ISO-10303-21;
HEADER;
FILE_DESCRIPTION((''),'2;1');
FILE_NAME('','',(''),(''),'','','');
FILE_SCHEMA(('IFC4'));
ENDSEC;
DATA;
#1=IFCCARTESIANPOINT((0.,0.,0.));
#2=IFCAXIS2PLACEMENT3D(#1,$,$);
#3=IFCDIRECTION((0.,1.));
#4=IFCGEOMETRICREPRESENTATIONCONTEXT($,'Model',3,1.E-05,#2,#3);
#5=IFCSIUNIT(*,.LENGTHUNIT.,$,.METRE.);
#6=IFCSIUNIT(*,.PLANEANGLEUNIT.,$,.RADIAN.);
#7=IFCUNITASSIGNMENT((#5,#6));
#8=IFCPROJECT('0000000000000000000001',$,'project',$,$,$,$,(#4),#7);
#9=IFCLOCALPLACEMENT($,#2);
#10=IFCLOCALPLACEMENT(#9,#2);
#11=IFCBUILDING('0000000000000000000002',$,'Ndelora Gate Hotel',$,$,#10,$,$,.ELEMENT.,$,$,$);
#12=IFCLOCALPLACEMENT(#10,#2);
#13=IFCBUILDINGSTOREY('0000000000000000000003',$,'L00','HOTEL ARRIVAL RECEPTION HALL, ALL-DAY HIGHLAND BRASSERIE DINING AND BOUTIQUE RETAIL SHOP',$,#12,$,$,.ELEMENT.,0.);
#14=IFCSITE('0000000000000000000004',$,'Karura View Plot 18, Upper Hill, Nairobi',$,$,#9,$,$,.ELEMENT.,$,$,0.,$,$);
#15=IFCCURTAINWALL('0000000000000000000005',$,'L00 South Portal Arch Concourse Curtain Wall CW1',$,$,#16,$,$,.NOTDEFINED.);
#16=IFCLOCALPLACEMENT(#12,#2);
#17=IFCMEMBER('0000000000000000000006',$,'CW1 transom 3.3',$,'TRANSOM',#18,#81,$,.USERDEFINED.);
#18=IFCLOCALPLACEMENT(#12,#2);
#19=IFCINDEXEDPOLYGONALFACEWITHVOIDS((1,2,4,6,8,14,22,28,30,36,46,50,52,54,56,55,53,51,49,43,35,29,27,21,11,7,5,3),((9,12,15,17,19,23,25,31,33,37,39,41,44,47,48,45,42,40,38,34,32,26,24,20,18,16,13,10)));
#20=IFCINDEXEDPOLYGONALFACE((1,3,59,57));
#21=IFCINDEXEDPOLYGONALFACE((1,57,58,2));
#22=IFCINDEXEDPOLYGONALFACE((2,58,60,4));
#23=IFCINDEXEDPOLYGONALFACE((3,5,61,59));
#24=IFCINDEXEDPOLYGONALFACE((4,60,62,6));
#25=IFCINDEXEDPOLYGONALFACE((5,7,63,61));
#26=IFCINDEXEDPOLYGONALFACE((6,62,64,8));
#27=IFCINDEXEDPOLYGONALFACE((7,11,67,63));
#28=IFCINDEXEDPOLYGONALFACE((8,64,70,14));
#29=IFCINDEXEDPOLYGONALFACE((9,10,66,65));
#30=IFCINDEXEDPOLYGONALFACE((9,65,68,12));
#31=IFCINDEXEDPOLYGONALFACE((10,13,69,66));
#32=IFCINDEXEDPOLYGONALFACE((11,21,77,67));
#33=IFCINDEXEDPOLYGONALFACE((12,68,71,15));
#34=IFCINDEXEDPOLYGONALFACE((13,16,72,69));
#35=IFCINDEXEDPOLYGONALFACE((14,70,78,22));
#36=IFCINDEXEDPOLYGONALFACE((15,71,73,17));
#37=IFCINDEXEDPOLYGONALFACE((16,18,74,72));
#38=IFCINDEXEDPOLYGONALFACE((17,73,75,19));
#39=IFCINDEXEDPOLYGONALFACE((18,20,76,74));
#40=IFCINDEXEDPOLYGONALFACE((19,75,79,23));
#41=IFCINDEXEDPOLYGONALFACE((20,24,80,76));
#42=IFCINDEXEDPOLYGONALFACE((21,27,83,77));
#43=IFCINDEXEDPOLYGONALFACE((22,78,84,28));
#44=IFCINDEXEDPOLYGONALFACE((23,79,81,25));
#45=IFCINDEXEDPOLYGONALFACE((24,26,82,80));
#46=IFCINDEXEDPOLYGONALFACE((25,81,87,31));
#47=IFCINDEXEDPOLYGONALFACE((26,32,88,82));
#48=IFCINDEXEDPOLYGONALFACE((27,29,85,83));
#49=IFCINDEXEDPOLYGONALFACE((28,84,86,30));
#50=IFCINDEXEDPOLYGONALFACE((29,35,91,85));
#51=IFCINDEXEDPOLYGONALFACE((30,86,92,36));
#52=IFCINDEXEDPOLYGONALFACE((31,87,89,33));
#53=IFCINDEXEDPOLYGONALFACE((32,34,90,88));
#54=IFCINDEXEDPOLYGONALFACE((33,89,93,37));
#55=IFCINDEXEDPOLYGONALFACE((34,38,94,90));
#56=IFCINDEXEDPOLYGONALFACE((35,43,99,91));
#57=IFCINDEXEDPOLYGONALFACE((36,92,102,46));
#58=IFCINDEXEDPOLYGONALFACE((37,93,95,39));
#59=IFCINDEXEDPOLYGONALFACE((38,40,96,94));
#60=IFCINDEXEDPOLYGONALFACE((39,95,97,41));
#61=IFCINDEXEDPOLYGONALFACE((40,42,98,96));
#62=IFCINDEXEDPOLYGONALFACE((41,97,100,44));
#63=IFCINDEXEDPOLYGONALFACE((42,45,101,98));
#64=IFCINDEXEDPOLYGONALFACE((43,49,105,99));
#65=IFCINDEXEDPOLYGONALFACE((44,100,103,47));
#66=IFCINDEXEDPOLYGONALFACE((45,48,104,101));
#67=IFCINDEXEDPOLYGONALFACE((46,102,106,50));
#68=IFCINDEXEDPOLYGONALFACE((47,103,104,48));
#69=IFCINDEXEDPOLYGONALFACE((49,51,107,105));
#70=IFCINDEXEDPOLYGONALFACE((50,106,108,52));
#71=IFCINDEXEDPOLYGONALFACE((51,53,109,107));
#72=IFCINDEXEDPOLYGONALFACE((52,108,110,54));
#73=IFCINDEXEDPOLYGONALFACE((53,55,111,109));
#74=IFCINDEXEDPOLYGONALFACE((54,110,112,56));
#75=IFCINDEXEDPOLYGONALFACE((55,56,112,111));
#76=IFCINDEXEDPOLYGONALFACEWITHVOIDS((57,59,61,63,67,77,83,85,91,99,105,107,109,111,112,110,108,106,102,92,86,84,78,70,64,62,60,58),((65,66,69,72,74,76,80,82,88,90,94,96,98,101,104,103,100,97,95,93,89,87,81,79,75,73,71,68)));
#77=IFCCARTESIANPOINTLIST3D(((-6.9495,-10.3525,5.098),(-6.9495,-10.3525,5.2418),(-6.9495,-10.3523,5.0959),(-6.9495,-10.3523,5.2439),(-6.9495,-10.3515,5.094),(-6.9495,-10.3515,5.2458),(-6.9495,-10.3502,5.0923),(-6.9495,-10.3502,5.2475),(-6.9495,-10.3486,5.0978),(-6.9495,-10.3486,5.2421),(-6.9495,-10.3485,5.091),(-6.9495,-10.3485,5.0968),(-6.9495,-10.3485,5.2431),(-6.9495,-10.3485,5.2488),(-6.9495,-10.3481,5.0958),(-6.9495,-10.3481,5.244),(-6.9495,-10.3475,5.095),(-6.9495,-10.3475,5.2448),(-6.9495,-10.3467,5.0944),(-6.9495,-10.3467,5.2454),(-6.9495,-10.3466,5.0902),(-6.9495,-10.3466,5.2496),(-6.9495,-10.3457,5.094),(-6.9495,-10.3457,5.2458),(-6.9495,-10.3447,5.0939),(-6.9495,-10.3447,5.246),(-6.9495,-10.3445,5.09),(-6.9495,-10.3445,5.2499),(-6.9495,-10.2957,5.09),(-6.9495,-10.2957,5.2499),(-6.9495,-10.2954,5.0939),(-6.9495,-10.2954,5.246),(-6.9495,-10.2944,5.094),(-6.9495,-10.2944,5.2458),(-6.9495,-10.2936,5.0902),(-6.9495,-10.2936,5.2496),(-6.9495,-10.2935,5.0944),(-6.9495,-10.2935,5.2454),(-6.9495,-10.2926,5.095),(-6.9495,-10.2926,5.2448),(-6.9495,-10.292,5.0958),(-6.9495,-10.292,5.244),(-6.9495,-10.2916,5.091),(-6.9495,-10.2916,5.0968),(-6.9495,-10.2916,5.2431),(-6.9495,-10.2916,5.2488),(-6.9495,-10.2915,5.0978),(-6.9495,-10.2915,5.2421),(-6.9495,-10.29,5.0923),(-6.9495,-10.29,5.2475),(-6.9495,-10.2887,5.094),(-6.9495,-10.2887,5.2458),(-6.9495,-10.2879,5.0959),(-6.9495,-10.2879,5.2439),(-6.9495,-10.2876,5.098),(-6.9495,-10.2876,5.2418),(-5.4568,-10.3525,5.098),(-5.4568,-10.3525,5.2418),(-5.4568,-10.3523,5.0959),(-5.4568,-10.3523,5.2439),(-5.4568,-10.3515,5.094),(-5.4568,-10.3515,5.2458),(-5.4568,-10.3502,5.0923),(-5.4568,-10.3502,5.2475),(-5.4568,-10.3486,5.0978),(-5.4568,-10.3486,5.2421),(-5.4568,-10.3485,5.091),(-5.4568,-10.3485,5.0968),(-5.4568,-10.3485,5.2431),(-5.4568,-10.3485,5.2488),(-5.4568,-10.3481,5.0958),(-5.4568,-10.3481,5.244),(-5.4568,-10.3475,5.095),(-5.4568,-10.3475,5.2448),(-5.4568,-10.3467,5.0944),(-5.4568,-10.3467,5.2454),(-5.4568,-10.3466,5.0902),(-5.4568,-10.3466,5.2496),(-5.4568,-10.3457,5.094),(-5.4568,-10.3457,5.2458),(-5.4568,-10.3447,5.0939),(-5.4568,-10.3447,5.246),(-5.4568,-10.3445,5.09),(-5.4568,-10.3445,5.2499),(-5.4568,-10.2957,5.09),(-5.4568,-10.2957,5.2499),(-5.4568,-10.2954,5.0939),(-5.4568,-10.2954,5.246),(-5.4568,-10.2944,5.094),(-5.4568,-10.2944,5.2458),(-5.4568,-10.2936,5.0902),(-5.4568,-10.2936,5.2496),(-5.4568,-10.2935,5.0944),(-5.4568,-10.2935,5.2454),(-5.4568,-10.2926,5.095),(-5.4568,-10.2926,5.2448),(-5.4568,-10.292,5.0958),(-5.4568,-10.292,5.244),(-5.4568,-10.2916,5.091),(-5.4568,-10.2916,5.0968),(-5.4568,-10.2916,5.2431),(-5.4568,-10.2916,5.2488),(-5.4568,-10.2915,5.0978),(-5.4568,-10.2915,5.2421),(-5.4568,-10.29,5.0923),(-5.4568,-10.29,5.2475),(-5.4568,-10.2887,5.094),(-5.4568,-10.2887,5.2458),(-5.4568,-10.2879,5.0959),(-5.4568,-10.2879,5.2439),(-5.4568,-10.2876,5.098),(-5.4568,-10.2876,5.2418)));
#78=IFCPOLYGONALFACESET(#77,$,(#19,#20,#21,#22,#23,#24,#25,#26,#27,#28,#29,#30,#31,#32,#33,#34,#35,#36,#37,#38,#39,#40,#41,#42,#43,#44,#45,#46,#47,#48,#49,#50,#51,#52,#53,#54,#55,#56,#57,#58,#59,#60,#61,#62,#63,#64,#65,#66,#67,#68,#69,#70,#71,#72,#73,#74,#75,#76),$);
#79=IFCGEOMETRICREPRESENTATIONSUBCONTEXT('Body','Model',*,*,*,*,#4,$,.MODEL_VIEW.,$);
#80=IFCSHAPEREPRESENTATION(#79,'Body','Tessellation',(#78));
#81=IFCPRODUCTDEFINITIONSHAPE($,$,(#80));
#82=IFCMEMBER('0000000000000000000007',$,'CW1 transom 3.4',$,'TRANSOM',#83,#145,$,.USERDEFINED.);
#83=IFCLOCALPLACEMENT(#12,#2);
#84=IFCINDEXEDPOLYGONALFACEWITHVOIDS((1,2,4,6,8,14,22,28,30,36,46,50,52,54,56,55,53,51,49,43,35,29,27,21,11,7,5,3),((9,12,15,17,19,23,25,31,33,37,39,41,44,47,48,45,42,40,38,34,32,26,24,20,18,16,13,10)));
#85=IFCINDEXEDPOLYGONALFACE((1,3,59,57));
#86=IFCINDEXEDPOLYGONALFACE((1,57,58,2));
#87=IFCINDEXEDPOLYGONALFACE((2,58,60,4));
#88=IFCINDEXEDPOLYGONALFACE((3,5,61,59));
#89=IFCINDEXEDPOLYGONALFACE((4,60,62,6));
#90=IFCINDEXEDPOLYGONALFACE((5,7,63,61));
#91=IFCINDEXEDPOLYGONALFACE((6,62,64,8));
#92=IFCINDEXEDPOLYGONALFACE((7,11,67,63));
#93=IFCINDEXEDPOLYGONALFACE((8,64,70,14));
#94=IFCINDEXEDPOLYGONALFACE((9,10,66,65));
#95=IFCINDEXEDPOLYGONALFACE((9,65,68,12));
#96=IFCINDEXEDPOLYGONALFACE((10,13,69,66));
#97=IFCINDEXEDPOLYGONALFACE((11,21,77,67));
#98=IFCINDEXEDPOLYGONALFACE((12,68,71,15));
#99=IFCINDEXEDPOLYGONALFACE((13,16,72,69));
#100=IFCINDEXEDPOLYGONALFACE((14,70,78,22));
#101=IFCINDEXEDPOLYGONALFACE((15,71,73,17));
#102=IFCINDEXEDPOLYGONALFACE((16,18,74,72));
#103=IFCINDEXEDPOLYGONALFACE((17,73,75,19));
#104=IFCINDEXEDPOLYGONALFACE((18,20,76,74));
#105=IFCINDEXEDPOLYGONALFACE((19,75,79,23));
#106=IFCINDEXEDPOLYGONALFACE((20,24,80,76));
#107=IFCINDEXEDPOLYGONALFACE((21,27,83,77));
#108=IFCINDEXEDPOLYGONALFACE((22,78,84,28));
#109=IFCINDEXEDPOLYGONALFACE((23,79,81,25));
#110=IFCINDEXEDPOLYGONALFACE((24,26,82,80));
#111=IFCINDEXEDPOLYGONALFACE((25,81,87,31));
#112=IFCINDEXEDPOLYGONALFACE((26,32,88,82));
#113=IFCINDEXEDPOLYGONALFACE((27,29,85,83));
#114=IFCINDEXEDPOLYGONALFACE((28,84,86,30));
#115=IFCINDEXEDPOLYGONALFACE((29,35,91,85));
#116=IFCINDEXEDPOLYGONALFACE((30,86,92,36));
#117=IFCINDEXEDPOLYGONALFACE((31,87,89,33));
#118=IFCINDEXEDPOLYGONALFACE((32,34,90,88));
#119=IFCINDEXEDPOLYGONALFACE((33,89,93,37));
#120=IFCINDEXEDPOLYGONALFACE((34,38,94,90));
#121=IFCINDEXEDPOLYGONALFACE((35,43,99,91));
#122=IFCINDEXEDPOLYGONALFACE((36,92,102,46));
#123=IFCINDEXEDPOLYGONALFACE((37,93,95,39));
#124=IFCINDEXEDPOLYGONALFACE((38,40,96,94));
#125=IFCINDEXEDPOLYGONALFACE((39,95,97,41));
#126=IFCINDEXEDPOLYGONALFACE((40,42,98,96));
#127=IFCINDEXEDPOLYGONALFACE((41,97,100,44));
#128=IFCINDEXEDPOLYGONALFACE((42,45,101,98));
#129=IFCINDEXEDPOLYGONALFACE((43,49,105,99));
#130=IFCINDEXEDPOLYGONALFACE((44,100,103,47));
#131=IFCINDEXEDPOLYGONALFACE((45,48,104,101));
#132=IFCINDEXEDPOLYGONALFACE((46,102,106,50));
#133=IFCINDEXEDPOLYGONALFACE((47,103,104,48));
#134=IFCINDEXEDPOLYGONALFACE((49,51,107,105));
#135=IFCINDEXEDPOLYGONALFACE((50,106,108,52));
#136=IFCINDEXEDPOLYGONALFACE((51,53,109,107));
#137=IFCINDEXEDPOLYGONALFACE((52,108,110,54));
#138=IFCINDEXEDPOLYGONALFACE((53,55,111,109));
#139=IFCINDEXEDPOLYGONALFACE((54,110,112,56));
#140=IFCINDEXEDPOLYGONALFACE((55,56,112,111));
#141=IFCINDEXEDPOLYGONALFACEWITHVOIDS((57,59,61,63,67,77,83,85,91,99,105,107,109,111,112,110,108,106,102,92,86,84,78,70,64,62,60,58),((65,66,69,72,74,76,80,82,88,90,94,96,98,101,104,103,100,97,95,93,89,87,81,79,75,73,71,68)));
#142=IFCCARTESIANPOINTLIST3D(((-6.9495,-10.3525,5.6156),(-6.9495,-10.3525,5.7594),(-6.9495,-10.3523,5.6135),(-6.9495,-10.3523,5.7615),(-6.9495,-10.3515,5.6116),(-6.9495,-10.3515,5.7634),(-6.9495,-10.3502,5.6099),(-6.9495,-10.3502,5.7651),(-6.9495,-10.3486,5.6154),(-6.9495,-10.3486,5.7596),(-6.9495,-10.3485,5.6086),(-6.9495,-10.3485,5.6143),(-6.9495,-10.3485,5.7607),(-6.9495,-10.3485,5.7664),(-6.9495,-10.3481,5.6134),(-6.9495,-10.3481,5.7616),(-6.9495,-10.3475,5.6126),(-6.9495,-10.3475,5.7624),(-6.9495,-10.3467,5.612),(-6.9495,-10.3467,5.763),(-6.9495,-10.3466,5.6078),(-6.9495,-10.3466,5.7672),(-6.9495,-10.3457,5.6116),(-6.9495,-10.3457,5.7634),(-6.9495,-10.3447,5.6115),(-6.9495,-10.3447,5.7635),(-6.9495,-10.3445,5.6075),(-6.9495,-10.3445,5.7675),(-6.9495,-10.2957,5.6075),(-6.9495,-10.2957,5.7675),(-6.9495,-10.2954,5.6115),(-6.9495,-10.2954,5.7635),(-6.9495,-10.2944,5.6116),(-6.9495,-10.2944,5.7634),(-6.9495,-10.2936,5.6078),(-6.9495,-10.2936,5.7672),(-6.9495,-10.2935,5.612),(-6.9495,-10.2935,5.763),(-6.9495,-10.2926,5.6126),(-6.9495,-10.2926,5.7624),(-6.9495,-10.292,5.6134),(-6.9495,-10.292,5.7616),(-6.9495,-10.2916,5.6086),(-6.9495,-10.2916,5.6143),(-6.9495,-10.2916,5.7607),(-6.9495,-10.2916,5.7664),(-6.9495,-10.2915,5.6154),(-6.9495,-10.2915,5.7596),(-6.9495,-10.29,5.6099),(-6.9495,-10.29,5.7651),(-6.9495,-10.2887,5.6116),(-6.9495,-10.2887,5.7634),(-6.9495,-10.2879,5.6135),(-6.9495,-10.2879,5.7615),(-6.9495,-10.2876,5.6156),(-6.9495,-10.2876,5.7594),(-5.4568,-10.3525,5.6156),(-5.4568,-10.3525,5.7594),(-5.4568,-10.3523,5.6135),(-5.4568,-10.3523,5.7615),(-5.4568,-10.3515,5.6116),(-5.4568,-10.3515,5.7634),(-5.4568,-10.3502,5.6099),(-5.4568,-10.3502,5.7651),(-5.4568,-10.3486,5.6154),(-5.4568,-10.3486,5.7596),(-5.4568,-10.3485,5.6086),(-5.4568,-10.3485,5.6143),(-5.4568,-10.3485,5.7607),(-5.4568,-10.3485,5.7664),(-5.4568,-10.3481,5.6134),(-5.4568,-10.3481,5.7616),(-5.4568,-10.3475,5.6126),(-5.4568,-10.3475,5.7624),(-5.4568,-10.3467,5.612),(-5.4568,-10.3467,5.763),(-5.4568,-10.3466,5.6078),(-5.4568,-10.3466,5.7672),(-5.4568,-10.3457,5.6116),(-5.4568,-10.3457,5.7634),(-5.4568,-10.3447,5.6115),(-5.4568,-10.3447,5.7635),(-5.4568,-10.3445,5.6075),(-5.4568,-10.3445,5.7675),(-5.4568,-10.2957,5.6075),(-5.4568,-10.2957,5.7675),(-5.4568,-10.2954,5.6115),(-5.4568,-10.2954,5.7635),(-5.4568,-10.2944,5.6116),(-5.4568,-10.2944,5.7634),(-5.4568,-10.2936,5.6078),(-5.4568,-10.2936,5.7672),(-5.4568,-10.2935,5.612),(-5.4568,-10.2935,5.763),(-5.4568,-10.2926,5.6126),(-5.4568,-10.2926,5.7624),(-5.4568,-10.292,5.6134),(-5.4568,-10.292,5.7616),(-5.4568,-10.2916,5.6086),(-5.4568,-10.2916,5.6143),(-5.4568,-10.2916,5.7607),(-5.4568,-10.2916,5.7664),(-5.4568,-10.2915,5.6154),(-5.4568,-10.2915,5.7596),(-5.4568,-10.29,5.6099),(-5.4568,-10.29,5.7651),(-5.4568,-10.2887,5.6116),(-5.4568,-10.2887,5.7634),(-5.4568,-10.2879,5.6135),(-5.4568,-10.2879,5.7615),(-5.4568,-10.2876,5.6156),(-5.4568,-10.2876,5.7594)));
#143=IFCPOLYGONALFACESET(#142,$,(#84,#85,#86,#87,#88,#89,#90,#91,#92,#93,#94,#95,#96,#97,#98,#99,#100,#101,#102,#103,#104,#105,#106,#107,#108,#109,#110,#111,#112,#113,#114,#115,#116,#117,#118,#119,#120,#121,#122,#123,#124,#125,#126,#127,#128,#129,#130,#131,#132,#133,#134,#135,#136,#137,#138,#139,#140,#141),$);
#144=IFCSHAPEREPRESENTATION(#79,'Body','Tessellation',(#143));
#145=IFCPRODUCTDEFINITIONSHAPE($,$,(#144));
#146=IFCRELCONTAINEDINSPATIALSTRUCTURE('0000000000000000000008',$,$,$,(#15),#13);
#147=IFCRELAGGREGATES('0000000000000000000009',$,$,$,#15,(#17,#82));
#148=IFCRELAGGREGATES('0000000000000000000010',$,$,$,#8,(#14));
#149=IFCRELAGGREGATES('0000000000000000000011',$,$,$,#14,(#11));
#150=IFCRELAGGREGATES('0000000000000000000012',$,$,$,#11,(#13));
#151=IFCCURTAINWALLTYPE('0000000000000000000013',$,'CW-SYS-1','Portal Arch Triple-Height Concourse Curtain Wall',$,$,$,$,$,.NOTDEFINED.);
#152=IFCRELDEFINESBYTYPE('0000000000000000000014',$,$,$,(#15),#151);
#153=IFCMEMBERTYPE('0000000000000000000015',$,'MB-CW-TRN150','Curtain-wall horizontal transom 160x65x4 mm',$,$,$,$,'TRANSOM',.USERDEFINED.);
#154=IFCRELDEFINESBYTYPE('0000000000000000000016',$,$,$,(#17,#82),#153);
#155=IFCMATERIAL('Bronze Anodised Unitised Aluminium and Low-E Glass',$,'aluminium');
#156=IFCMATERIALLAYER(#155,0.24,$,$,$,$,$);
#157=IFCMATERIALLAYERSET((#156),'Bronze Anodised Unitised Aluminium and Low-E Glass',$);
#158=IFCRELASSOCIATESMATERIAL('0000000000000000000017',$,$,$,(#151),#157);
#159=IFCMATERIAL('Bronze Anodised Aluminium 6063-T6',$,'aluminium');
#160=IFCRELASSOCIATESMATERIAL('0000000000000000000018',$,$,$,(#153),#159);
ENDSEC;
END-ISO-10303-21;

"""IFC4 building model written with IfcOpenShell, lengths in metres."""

from ifc_helpers import new_model, si_unit, direction, frame, origin, origin_2d, place, context, subcontext, project, spatial, hollow_rectangle, extrude, material, layer, layer_set, material_profile, profile_set, type_object, element, aggregate, save


model = new_model("IFC4")

# Units and contexts
model_context = context("Model", 3, precision=1e-05, world=origin(), true_north=direction((0.0, 1.0)))
body_context = subcontext(model_context, "Body", "Model", "MODEL_VIEW")
ifc_project = project(units=[si_unit("LENGTHUNIT", "METRE"), si_unit("PLANEANGLEUNIT", "RADIAN")], contexts=[model_context])

# Site, building, storey
site_placement = place(None, origin())
site = spatial("IfcSite", under=ifc_project, at=site_placement, Name="Karura View Plot 18, Upper Hill, Nairobi", CompositionType="ELEMENT", RefElevation=0.0)
building_placement = place(site_placement, origin())
building = spatial("IfcBuilding", under=site, at=building_placement, Name="Ndelora Gate Hotel", CompositionType="ELEMENT")
storey_placement = place(building_placement, origin())
storey = spatial("IfcBuildingStorey", under=building, at=storey_placement, Name="L00", Description="HOTEL ARRIVAL RECEPTION HALL, ALL-DAY HIGHLAND BRASSERIE DINING AND BOUTIQUE RETAIL SHOP", CompositionType="ELEMENT", Elevation=0.0)

# Curtain wall, members
ifc_material_1 = material(Name="Bronze Anodised Unitised Aluminium and Low-E Glass", Category="aluminium")
ifc_layer_1 = layer(ifc_material_1, 0.24)
ifc_layer_set_1 = layer_set([ifc_layer_1], Name="Bronze Anodised Unitised Aluminium and Low-E Glass")
curtain_wall_type = type_object("IfcCurtainWallType", Name="CW-SYS-1", Description="Portal Arch Triple-Height Concourse Curtain Wall", PredefinedType="NOTDEFINED", material=ifc_layer_set_1)
curtain_wall_placement = place(storey_placement, origin())
curtain_wall = element("IfcCurtainWall", 1, at=curtain_wall_placement, inside=storey, type_object=curtain_wall_type, Name="L00 South Portal Arch Concourse Curtain Wall CW1", PredefinedType="NOTDEFINED")
ifc_material_2 = material(Name="Bronze Anodised Aluminium 6063-T6", Category="aluminium")
ifc_material_profile_1 = material_profile(ifc_material_2, hollow_rectangle(XDim=0.0649, YDim=0.1599, WallThickness=0.0039, InnerFilletRadius=0.0039, OuterFilletRadius=0.0081, at=origin_2d()), Name="ALU 160x65x4")
ifc_profile_set_1 = profile_set([ifc_material_profile_1], Name="Bronze Anodised Aluminium 6063-T6")
member_type_1 = type_object("IfcMemberType", Name="MB-CW-TRN150", Description="Curtain-wall horizontal transom 160x65x4 mm", ElementType="TRANSOM", PredefinedType="USERDEFINED", material=ifc_profile_set_1)
member_1_placement = place(storey_placement, frame((-6.9495, -10.3201, 5.1699), z_axis=(1.0, 0.0, 0.0), x_axis=(0.0, 1.0, 0.0)))
member_1 = element("IfcMember", 2, at=member_1_placement, type_object=member_type_1, Name="CW1 transom 3.3", ObjectType="TRANSOM", PredefinedType="USERDEFINED", context=body_context, shape_type="SweptSolid", body=[
    extrude(hollow_rectangle(XDim=0.0649, YDim=0.1599, WallThickness=0.0039, InnerFilletRadius=0.0039, OuterFilletRadius=0.0081, at=origin_2d()), origin(), (0.0, 0.0, 1.0), 1.4927),
])
member_2_placement = place(storey_placement, frame((-6.9495, -10.3201, 5.6875), z_axis=(1.0, 0.0, 0.0), x_axis=(0.0, 1.0, 0.0)))
member_2 = element("IfcMember", 3, at=member_2_placement, type_object=member_type_1, Name="CW1 transom 3.4", ObjectType="TRANSOM", PredefinedType="USERDEFINED", context=body_context, shape_type="SweptSolid", body=[
    extrude(hollow_rectangle(XDim=0.0649, YDim=0.1599, WallThickness=0.0039, InnerFilletRadius=0.0039, OuterFilletRadius=0.0081, at=origin_2d()), origin(), (0.0, 0.0, 1.0), 1.4927),
])
aggregate(curtain_wall, [member_1, member_2])

save(model, "model.ifc")
